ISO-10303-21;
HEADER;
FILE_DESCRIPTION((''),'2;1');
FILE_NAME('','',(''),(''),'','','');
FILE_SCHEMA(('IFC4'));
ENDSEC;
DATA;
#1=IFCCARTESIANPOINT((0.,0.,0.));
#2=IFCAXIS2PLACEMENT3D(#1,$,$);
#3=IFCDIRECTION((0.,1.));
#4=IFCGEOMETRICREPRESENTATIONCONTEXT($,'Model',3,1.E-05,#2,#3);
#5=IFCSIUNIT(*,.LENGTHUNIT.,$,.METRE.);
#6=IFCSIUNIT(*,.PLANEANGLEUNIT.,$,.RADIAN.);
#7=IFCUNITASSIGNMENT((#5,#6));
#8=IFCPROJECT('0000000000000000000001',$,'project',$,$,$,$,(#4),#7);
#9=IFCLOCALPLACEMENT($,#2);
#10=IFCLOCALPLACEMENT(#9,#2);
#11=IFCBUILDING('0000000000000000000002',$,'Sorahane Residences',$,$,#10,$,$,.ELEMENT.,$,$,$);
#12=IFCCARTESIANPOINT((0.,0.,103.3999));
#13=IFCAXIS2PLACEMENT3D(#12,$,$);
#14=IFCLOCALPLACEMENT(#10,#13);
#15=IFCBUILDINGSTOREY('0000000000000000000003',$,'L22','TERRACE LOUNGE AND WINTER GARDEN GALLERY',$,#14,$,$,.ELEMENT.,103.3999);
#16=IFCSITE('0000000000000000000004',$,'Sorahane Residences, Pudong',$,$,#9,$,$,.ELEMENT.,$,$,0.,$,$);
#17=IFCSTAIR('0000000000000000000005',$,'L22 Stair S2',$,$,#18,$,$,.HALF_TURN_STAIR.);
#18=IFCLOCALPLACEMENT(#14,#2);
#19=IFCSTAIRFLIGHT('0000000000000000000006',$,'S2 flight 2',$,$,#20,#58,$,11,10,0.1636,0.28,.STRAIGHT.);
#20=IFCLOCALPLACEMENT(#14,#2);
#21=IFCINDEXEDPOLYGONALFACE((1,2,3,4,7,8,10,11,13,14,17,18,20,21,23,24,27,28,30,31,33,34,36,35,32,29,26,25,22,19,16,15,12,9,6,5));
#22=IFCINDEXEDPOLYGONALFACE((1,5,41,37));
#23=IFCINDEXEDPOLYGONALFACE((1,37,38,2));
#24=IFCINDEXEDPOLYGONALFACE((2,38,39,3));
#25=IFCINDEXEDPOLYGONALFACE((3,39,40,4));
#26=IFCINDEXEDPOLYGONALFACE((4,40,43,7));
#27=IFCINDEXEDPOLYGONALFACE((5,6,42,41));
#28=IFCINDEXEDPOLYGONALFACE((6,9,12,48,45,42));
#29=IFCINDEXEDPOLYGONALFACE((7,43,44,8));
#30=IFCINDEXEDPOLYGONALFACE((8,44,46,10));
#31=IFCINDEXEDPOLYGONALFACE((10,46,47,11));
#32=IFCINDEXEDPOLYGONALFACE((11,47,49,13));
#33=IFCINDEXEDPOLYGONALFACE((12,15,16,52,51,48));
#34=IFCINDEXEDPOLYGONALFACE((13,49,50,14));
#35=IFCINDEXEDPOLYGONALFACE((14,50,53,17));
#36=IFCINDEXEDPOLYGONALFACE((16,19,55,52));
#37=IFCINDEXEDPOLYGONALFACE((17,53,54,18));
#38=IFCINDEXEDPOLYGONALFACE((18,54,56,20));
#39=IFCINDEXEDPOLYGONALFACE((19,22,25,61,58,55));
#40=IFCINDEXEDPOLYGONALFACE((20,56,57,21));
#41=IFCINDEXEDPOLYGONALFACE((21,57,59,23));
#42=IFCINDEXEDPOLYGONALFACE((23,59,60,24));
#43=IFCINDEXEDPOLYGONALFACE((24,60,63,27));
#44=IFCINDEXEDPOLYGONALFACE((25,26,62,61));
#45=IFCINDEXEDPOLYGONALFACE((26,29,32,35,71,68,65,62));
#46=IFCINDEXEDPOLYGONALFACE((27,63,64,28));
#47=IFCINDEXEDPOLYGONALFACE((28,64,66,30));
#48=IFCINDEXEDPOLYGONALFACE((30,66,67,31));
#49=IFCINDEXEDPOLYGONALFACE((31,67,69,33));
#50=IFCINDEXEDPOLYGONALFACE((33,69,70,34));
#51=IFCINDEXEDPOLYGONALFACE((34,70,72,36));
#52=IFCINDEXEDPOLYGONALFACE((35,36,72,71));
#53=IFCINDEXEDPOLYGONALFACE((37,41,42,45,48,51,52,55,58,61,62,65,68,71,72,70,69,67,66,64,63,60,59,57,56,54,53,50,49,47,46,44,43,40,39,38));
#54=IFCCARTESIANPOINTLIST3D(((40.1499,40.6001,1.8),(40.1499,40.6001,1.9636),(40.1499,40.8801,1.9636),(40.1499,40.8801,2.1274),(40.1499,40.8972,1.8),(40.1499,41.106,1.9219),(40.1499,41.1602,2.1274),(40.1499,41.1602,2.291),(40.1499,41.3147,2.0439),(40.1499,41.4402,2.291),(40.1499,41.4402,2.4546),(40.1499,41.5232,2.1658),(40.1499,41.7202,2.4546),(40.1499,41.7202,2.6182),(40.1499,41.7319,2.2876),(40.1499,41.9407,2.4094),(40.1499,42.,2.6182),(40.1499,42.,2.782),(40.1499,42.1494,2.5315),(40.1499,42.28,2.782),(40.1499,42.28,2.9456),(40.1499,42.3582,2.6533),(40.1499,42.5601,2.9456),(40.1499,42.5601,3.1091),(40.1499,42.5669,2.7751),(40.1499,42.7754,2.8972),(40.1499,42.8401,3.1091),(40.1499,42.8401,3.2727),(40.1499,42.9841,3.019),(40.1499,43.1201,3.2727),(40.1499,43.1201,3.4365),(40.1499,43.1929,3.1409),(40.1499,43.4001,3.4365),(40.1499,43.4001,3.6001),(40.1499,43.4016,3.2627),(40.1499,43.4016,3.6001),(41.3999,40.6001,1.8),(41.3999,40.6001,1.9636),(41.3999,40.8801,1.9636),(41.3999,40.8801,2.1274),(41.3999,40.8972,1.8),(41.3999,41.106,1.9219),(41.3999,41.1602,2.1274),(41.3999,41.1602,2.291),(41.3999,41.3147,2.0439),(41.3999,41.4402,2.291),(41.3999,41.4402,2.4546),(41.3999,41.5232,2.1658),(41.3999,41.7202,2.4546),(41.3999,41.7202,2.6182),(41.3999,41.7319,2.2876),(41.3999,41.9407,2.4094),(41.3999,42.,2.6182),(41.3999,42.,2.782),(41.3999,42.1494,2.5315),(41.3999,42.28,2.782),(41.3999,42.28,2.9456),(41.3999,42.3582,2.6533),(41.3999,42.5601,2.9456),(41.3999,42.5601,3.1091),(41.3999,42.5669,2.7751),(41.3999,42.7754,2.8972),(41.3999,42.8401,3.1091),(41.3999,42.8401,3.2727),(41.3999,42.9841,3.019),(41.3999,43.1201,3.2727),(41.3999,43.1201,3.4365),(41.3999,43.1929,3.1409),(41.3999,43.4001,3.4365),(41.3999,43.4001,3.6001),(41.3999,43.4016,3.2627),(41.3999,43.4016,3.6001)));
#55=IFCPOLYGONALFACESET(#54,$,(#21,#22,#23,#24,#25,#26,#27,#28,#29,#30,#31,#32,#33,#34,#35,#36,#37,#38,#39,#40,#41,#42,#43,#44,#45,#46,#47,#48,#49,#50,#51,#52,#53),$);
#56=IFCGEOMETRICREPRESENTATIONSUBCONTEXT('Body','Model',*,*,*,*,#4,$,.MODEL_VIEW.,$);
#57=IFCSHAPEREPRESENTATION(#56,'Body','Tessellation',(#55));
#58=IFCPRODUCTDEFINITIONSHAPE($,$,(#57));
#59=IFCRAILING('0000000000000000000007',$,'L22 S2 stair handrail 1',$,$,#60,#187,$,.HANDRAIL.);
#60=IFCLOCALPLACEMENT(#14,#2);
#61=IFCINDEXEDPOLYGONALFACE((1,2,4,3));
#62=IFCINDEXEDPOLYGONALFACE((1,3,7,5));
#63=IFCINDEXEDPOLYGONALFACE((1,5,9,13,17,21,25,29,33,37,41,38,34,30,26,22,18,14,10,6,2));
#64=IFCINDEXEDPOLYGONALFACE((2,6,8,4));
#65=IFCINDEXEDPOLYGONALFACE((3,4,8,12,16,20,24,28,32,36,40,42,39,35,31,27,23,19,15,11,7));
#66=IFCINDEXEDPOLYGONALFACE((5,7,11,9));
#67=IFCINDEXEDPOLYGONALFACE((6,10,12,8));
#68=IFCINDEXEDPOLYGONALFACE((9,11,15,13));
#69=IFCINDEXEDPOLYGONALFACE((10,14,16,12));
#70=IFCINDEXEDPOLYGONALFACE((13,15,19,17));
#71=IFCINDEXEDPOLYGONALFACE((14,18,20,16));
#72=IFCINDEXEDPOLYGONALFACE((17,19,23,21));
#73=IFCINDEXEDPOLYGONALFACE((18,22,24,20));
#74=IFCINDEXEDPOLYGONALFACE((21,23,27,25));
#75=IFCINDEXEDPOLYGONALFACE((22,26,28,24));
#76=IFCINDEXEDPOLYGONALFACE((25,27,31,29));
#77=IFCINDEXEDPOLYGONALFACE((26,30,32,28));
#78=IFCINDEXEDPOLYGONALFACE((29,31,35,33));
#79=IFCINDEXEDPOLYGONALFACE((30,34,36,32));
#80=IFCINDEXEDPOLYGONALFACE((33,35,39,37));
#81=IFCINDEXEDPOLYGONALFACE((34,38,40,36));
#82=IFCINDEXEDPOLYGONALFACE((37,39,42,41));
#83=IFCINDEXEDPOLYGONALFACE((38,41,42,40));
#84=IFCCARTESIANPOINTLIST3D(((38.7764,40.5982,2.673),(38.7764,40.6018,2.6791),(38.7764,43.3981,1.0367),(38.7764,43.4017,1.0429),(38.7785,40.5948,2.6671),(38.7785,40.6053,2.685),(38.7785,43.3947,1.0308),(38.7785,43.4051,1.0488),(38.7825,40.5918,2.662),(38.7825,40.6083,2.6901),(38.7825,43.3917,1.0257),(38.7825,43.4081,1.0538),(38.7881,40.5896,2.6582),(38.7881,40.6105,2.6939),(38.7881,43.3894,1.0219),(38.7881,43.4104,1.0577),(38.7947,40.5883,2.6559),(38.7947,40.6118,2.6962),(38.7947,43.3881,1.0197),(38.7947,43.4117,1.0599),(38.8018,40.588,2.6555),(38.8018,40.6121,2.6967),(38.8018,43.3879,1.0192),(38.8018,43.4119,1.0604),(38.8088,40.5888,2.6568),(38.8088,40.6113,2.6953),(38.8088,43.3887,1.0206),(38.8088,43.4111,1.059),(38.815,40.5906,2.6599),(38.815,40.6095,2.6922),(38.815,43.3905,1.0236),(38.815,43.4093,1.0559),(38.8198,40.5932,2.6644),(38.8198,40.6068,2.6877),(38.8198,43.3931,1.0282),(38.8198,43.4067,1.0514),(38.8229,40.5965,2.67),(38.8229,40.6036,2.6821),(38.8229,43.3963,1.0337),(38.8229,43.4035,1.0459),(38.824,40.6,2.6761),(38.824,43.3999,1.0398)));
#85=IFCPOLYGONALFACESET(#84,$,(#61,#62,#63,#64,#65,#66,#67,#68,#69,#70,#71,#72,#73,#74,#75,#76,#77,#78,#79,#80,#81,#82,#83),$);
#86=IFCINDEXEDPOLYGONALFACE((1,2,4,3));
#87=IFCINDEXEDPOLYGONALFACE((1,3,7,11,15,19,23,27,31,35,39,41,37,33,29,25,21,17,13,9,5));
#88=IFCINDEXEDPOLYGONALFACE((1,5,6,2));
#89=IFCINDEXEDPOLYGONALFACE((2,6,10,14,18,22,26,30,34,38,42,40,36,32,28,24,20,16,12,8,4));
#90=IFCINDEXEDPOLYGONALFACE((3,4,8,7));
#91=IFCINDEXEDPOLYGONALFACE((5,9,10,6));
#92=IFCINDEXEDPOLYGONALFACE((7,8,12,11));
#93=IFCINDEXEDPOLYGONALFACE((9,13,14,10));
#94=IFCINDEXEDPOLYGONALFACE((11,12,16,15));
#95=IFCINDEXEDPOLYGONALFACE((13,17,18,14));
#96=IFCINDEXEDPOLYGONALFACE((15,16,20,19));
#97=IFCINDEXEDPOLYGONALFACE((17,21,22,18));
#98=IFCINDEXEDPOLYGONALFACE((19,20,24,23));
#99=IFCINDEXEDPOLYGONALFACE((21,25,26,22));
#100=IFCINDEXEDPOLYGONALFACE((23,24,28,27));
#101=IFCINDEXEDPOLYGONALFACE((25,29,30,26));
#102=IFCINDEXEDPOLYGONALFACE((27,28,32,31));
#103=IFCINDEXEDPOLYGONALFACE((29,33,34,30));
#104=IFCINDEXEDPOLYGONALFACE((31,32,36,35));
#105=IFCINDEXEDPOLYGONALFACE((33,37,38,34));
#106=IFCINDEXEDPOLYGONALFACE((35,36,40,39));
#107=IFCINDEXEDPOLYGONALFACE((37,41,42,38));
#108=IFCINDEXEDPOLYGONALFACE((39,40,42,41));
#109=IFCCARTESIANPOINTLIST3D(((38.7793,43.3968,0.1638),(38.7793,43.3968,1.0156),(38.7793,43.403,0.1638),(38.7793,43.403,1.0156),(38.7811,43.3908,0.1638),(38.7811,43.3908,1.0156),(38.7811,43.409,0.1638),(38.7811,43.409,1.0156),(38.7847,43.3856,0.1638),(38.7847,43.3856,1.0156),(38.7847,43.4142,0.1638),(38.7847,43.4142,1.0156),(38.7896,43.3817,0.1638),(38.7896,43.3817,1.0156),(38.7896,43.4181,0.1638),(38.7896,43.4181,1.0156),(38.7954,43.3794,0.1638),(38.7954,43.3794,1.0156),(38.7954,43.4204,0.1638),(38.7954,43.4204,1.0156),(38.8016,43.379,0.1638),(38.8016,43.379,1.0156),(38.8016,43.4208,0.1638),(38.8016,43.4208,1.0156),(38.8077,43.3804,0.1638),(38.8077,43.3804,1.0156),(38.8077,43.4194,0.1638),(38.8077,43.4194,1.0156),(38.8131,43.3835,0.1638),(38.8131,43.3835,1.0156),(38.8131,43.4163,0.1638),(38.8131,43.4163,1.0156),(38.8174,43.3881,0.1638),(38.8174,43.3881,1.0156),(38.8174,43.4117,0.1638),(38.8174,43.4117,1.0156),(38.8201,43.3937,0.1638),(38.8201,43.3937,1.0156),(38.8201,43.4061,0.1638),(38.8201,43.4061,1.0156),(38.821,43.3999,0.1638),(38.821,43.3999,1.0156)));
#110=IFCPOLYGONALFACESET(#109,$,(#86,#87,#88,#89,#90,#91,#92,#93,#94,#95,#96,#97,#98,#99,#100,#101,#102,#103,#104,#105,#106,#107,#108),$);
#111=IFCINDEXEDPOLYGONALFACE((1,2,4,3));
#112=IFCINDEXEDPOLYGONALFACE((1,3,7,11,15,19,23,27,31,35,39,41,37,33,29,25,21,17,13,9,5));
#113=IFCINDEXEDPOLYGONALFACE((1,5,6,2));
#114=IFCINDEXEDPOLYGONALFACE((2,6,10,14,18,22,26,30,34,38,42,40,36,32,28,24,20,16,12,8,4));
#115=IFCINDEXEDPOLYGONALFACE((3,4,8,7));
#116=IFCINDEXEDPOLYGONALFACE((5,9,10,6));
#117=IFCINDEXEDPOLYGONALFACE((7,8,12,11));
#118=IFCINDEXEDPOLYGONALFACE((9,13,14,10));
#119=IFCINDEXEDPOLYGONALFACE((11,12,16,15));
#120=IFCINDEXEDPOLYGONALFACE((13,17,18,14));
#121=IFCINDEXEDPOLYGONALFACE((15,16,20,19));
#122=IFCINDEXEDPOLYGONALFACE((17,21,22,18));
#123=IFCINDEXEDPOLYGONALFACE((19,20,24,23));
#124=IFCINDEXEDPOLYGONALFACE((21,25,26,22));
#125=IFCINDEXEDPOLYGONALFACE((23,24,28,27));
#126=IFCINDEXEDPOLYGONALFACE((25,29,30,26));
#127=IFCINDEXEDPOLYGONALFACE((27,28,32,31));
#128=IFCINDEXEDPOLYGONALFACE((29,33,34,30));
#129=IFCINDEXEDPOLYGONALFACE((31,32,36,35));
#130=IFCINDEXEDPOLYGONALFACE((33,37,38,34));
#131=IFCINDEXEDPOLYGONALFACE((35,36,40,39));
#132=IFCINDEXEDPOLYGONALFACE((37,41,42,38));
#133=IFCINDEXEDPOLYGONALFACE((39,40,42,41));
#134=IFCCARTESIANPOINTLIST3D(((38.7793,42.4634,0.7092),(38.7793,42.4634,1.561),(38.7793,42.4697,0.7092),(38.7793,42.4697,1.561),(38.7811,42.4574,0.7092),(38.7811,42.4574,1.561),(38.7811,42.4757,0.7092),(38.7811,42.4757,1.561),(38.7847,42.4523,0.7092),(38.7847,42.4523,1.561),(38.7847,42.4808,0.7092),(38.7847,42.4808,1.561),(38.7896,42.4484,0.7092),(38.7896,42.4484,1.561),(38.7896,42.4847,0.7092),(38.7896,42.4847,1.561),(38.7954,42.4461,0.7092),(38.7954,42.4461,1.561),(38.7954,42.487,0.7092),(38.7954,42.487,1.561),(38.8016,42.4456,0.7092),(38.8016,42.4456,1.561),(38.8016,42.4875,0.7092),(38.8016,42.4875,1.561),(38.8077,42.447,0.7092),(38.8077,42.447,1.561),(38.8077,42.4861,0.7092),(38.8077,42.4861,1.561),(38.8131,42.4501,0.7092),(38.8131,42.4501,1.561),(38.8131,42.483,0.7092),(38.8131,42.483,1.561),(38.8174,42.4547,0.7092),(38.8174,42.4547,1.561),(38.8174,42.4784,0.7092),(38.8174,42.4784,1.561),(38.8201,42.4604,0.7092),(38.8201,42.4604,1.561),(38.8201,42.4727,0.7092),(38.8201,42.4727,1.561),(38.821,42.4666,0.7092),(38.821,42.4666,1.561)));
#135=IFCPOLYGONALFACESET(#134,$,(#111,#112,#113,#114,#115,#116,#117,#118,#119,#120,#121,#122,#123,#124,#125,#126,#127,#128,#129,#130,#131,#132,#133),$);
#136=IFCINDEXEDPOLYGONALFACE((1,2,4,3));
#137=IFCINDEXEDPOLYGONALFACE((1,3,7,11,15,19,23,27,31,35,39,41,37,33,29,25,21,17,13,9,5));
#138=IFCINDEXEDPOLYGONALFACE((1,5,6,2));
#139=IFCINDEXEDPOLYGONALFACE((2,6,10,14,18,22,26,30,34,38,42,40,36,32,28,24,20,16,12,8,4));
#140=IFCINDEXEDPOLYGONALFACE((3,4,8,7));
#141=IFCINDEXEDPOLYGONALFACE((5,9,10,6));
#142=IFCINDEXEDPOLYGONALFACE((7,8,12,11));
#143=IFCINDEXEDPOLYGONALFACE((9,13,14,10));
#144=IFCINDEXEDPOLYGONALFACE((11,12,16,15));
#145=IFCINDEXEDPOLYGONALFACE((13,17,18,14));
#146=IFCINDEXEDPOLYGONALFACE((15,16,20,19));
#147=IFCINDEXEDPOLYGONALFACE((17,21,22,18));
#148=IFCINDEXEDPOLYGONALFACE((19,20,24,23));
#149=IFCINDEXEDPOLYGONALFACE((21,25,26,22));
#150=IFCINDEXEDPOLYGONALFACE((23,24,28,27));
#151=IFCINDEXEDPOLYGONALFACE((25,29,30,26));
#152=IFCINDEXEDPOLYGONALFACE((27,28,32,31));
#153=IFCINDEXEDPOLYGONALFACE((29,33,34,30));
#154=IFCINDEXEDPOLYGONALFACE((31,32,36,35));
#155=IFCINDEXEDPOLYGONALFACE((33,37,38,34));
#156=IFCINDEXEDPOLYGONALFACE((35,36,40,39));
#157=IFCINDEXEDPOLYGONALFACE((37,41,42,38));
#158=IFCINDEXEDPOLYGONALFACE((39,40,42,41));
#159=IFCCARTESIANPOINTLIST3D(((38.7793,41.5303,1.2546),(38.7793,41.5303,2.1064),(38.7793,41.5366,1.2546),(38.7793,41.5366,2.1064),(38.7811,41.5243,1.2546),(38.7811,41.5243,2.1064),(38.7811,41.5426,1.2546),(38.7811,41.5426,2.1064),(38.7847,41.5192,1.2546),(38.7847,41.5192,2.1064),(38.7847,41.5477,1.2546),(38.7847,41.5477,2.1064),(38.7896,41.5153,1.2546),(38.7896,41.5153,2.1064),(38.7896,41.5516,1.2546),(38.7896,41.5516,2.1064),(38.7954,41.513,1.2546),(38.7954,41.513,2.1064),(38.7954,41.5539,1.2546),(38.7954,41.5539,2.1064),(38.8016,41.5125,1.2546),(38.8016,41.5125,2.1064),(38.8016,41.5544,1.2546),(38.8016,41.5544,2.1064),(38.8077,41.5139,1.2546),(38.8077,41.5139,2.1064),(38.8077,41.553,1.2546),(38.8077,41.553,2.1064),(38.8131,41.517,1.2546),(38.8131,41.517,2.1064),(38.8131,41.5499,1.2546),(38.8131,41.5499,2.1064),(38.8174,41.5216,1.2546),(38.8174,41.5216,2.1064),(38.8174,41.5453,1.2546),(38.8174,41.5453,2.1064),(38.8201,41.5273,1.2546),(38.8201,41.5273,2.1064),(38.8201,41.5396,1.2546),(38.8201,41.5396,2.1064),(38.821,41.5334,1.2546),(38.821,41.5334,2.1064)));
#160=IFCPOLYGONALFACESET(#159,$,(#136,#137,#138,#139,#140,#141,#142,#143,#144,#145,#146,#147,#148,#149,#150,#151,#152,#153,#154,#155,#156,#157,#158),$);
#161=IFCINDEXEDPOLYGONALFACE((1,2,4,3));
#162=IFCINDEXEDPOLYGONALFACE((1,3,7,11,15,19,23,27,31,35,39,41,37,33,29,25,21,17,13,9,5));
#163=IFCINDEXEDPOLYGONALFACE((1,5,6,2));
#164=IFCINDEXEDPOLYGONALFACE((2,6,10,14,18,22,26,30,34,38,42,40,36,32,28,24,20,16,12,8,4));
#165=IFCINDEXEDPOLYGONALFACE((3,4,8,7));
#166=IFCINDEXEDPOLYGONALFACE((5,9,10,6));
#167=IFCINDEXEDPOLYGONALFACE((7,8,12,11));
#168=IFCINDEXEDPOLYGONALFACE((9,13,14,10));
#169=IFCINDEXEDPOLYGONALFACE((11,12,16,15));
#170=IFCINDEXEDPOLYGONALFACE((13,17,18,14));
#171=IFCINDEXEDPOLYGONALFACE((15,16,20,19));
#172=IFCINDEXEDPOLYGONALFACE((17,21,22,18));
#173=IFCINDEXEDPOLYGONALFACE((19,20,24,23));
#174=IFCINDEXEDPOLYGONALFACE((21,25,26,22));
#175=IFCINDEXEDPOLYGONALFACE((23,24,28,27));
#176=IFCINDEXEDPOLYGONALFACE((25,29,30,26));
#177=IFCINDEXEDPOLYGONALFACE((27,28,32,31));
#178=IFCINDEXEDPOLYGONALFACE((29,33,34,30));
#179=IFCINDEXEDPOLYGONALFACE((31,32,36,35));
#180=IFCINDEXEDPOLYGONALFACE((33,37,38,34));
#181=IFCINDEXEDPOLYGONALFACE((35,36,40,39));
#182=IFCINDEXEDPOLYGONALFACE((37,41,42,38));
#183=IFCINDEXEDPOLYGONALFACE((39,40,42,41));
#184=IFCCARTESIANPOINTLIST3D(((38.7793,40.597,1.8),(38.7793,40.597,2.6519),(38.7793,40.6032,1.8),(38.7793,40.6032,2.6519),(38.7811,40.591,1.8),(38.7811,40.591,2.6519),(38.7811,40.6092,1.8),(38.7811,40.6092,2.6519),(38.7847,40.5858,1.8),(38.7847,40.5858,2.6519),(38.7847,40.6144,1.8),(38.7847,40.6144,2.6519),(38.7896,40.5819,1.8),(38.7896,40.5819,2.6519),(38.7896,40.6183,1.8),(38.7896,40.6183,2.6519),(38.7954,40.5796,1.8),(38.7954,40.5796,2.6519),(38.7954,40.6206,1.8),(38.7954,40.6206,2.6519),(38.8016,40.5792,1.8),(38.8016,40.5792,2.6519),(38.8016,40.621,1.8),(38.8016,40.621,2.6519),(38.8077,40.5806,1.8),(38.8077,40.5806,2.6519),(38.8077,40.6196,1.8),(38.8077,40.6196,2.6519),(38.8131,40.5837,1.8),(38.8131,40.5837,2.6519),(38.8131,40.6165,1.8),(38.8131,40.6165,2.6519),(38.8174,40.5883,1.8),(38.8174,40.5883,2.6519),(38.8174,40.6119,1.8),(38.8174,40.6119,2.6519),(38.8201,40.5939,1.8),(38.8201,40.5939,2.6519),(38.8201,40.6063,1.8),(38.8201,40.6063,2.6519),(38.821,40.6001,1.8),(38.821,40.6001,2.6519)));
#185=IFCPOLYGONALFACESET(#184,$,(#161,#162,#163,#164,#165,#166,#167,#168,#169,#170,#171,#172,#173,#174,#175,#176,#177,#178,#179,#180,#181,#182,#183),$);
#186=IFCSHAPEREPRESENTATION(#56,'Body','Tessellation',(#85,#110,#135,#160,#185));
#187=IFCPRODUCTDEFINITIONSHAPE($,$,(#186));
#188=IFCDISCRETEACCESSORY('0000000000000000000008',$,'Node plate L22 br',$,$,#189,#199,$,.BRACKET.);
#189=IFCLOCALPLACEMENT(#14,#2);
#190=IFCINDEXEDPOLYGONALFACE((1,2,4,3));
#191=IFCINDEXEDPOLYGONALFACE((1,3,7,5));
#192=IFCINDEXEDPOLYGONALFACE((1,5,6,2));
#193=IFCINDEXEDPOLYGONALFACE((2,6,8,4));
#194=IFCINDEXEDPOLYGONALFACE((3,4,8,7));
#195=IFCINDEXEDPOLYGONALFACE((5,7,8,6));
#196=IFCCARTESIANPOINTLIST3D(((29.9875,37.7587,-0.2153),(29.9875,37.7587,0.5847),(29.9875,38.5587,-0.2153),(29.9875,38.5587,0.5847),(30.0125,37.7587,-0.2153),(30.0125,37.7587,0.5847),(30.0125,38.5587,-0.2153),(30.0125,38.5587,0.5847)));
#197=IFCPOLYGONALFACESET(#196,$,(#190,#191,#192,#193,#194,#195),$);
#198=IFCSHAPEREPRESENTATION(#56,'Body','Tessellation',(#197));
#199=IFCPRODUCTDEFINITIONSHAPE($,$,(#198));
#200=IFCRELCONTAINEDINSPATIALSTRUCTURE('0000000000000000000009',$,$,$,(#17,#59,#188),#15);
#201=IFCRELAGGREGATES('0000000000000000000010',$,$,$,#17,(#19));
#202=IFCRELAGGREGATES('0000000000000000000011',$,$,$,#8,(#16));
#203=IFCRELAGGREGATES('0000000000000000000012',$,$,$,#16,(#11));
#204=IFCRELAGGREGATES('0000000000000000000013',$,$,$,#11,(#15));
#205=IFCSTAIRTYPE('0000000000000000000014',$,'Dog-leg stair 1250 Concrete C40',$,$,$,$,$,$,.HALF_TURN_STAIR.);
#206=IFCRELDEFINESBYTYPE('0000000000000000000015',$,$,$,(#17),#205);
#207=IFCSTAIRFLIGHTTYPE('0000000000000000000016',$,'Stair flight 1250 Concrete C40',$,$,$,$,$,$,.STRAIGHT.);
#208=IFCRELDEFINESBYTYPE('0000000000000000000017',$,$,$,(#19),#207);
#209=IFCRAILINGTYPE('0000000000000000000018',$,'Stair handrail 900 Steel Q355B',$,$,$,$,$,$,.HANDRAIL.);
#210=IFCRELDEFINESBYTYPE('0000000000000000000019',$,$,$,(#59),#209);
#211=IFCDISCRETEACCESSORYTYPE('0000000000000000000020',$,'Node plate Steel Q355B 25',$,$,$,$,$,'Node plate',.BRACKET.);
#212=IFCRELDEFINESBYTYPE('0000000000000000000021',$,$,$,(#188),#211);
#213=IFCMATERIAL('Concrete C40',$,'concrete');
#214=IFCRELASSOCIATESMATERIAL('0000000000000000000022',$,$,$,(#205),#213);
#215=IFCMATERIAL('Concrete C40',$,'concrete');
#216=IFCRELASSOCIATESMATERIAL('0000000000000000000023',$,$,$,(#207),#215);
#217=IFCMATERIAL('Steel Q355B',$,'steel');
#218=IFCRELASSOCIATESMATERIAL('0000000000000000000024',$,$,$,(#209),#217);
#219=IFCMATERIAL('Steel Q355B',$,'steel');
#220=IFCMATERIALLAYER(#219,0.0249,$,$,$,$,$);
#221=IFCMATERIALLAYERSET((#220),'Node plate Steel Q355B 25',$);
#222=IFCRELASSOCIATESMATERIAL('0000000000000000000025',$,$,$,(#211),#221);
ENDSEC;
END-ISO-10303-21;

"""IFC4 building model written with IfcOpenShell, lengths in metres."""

from ifc_helpers import new_model, si_unit, direction, frame, origin, origin_2d, place, context, subcontext, project, spatial, polyline, rectangle, circle, outline, extrude, material, layer, layer_set, type_object, element, aggregate, save


model = new_model("IFC4")

# Units and contexts
model_context = context("Model", 3, precision=1e-05, world=origin(), true_north=direction((0.0, 1.0)))
body_context = subcontext(model_context, "Body", "Model", "MODEL_VIEW")
ifc_project = project(units=[si_unit("LENGTHUNIT", "METRE"), si_unit("PLANEANGLEUNIT", "RADIAN")], contexts=[model_context])

# Site, building, storey
site_placement = place(None, origin())
site = spatial("IfcSite", under=ifc_project, at=site_placement, Name="Sorahane Residences, Pudong", CompositionType="ELEMENT", RefElevation=0.0)
building_placement = place(site_placement, origin())
building = spatial("IfcBuilding", under=site, at=building_placement, Name="Sorahane Residences", CompositionType="ELEMENT")
storey_placement = place(building_placement, frame((0.0, 0.0, 103.3999)))
storey = spatial("IfcBuildingStorey", under=building, at=storey_placement, Name="L22", Description="TERRACE LOUNGE AND WINTER GARDEN GALLERY", CompositionType="ELEMENT", Elevation=103.3999)

# Stair, stair flight
ifc_material_1 = material(Name="Concrete C40", Category="concrete")
stair_type = type_object("IfcStairType", Name="Dog-leg stair 1250 Concrete C40", PredefinedType="HALF_TURN_STAIR", material=ifc_material_1)
stair_placement = place(storey_placement, origin())
stair = element("IfcStair", 1, at=stair_placement, inside=storey, type_object=stair_type, Name="L22 Stair S2", PredefinedType="HALF_TURN_STAIR")
ifc_material_2 = material(Name="Concrete C40", Category="concrete")
stair_flight_type = type_object("IfcStairFlightType", Name="Stair flight 1250 Concrete C40", PredefinedType="STRAIGHT", material=ifc_material_2)
stair_flight_placement = place(storey_placement, frame((40.7749, 40.6001, 1.8), z_axis=(0.0, 0.0, 1.0), x_axis=(0.0, 1.0, 0.0)))
stair_flight = element("IfcStairFlight", 2, at=stair_flight_placement, type_object=stair_flight_type, Name="S2 flight 2", NumberOfRisers=11, NumberOfTreads=10, PredefinedType="STRAIGHT", RiserHeight=0.1636, TreadLength=0.28, context=body_context, shape_type="SweptSolid", body=[
    extrude(outline(polyline([(0.0, 0.0), (0.0, 0.1636), (0.28, 0.1636), (0.28, 0.3274), (0.5601, 0.3274), (0.5601, 0.491), (0.8401, 0.491), (0.8401, 0.6545), (1.1201, 0.6545), (1.1201, 0.8181), (1.3999, 0.8181), (1.3999, 0.9819), (1.6799, 0.9819), (1.6799, 1.1455), (1.96, 1.1455), (1.96, 1.3091), (2.24, 1.3091), (2.24, 1.4727), (2.52, 1.4727), (2.52, 1.6365), (2.8, 1.6365), (2.8, 1.8), (2.8015, 1.8), (2.8015, 1.4626), (2.5928, 1.3408), (2.384, 1.219), (2.1753, 1.0972), (1.9668, 0.9751), (1.7581, 0.8533), (1.5493, 0.7314), (1.3406, 0.6094), (1.1318, 0.4875), (0.9231, 0.3657), (0.7146, 0.2439), (0.5059, 0.1218), (0.2971, 0.0), (0.0, 0.0)])), frame((0.0, 0.625, 0.0), z_axis=(0.0, -1.0, 0.0), x_axis=(1.0, 0.0, 0.0)), (0.0, 0.0, 1.0), 1.25),
])
aggregate(stair, [stair_flight])

# Railing
ifc_material_3 = material(Name="Steel Q355B", Category="steel")
railing_type = type_object("IfcRailingType", Name="Stair handrail 900 Steel Q355B", PredefinedType="HANDRAIL", material=ifc_material_3)
railing_placement = place(storey_placement, frame((38.8, 43.3999, 0.1638)))
element("IfcRailing", 3, at=railing_placement, inside=storey, type_object=railing_type, Name="L22 S2 stair handrail 1", PredefinedType="HANDRAIL", context=body_context, shape_type="SweptSolid", body=[
    extrude(circle(Radius=0.0239, at=origin_2d()), frame((0.0, 0.0, 0.876), z_axis=(0.0, -0.863374, 0.504564), x_axis=(1.0, 0.0, 0.0)), (0.0, 0.0, 1.0), 3.2429),
    extrude(circle(Radius=0.021, at=origin_2d()), origin(), (0.0, 0.0, 1.0), 0.8518),
    extrude(circle(Radius=0.021, at=origin_2d()), frame((0.0, -0.9333, 0.5454)), (0.0, 0.0, 1.0), 0.8518),
    extrude(circle(Radius=0.021, at=origin_2d()), frame((0.0, -1.8665, 1.0908)), (0.0, 0.0, 1.0), 0.8518),
    extrude(circle(Radius=0.021, at=origin_2d()), frame((0.0, -2.7998, 1.6362)), (0.0, 0.0, 1.0), 0.8518),
])

# Discrete accessory
ifc_material_4 = material(Name="Steel Q355B", Category="steel")
ifc_layer_1 = layer(ifc_material_4, 0.0249)
ifc_layer_set_1 = layer_set([ifc_layer_1], Name="Node plate Steel Q355B 25")
discrete_accessory_type = type_object("IfcDiscreteAccessoryType", Name="Node plate Steel Q355B 25", ElementType="Node plate", PredefinedType="BRACKET", material=ifc_layer_set_1)
for number, where, z_axis, x_axis, name in (
    (4, (30.0, 38.1587, -0.2153), (0.0, 0.0, 1.0), (0.0, 1.0, 0.0), "Node plate L22 br"),
):
    element("IfcDiscreteAccessory", number, at=place(storey_placement, frame(where, z_axis=z_axis, x_axis=x_axis)), inside=storey, type_object=discrete_accessory_type, Name=name, PredefinedType="BRACKET", context=body_context, shape_type="SweptSolid", body=[
        extrude(rectangle(XDim=0.8, YDim=0.0249, at=origin_2d()), origin(), (0.0, 0.0, 1.0), 0.8),
    ])

save(model, "model.ifc")
